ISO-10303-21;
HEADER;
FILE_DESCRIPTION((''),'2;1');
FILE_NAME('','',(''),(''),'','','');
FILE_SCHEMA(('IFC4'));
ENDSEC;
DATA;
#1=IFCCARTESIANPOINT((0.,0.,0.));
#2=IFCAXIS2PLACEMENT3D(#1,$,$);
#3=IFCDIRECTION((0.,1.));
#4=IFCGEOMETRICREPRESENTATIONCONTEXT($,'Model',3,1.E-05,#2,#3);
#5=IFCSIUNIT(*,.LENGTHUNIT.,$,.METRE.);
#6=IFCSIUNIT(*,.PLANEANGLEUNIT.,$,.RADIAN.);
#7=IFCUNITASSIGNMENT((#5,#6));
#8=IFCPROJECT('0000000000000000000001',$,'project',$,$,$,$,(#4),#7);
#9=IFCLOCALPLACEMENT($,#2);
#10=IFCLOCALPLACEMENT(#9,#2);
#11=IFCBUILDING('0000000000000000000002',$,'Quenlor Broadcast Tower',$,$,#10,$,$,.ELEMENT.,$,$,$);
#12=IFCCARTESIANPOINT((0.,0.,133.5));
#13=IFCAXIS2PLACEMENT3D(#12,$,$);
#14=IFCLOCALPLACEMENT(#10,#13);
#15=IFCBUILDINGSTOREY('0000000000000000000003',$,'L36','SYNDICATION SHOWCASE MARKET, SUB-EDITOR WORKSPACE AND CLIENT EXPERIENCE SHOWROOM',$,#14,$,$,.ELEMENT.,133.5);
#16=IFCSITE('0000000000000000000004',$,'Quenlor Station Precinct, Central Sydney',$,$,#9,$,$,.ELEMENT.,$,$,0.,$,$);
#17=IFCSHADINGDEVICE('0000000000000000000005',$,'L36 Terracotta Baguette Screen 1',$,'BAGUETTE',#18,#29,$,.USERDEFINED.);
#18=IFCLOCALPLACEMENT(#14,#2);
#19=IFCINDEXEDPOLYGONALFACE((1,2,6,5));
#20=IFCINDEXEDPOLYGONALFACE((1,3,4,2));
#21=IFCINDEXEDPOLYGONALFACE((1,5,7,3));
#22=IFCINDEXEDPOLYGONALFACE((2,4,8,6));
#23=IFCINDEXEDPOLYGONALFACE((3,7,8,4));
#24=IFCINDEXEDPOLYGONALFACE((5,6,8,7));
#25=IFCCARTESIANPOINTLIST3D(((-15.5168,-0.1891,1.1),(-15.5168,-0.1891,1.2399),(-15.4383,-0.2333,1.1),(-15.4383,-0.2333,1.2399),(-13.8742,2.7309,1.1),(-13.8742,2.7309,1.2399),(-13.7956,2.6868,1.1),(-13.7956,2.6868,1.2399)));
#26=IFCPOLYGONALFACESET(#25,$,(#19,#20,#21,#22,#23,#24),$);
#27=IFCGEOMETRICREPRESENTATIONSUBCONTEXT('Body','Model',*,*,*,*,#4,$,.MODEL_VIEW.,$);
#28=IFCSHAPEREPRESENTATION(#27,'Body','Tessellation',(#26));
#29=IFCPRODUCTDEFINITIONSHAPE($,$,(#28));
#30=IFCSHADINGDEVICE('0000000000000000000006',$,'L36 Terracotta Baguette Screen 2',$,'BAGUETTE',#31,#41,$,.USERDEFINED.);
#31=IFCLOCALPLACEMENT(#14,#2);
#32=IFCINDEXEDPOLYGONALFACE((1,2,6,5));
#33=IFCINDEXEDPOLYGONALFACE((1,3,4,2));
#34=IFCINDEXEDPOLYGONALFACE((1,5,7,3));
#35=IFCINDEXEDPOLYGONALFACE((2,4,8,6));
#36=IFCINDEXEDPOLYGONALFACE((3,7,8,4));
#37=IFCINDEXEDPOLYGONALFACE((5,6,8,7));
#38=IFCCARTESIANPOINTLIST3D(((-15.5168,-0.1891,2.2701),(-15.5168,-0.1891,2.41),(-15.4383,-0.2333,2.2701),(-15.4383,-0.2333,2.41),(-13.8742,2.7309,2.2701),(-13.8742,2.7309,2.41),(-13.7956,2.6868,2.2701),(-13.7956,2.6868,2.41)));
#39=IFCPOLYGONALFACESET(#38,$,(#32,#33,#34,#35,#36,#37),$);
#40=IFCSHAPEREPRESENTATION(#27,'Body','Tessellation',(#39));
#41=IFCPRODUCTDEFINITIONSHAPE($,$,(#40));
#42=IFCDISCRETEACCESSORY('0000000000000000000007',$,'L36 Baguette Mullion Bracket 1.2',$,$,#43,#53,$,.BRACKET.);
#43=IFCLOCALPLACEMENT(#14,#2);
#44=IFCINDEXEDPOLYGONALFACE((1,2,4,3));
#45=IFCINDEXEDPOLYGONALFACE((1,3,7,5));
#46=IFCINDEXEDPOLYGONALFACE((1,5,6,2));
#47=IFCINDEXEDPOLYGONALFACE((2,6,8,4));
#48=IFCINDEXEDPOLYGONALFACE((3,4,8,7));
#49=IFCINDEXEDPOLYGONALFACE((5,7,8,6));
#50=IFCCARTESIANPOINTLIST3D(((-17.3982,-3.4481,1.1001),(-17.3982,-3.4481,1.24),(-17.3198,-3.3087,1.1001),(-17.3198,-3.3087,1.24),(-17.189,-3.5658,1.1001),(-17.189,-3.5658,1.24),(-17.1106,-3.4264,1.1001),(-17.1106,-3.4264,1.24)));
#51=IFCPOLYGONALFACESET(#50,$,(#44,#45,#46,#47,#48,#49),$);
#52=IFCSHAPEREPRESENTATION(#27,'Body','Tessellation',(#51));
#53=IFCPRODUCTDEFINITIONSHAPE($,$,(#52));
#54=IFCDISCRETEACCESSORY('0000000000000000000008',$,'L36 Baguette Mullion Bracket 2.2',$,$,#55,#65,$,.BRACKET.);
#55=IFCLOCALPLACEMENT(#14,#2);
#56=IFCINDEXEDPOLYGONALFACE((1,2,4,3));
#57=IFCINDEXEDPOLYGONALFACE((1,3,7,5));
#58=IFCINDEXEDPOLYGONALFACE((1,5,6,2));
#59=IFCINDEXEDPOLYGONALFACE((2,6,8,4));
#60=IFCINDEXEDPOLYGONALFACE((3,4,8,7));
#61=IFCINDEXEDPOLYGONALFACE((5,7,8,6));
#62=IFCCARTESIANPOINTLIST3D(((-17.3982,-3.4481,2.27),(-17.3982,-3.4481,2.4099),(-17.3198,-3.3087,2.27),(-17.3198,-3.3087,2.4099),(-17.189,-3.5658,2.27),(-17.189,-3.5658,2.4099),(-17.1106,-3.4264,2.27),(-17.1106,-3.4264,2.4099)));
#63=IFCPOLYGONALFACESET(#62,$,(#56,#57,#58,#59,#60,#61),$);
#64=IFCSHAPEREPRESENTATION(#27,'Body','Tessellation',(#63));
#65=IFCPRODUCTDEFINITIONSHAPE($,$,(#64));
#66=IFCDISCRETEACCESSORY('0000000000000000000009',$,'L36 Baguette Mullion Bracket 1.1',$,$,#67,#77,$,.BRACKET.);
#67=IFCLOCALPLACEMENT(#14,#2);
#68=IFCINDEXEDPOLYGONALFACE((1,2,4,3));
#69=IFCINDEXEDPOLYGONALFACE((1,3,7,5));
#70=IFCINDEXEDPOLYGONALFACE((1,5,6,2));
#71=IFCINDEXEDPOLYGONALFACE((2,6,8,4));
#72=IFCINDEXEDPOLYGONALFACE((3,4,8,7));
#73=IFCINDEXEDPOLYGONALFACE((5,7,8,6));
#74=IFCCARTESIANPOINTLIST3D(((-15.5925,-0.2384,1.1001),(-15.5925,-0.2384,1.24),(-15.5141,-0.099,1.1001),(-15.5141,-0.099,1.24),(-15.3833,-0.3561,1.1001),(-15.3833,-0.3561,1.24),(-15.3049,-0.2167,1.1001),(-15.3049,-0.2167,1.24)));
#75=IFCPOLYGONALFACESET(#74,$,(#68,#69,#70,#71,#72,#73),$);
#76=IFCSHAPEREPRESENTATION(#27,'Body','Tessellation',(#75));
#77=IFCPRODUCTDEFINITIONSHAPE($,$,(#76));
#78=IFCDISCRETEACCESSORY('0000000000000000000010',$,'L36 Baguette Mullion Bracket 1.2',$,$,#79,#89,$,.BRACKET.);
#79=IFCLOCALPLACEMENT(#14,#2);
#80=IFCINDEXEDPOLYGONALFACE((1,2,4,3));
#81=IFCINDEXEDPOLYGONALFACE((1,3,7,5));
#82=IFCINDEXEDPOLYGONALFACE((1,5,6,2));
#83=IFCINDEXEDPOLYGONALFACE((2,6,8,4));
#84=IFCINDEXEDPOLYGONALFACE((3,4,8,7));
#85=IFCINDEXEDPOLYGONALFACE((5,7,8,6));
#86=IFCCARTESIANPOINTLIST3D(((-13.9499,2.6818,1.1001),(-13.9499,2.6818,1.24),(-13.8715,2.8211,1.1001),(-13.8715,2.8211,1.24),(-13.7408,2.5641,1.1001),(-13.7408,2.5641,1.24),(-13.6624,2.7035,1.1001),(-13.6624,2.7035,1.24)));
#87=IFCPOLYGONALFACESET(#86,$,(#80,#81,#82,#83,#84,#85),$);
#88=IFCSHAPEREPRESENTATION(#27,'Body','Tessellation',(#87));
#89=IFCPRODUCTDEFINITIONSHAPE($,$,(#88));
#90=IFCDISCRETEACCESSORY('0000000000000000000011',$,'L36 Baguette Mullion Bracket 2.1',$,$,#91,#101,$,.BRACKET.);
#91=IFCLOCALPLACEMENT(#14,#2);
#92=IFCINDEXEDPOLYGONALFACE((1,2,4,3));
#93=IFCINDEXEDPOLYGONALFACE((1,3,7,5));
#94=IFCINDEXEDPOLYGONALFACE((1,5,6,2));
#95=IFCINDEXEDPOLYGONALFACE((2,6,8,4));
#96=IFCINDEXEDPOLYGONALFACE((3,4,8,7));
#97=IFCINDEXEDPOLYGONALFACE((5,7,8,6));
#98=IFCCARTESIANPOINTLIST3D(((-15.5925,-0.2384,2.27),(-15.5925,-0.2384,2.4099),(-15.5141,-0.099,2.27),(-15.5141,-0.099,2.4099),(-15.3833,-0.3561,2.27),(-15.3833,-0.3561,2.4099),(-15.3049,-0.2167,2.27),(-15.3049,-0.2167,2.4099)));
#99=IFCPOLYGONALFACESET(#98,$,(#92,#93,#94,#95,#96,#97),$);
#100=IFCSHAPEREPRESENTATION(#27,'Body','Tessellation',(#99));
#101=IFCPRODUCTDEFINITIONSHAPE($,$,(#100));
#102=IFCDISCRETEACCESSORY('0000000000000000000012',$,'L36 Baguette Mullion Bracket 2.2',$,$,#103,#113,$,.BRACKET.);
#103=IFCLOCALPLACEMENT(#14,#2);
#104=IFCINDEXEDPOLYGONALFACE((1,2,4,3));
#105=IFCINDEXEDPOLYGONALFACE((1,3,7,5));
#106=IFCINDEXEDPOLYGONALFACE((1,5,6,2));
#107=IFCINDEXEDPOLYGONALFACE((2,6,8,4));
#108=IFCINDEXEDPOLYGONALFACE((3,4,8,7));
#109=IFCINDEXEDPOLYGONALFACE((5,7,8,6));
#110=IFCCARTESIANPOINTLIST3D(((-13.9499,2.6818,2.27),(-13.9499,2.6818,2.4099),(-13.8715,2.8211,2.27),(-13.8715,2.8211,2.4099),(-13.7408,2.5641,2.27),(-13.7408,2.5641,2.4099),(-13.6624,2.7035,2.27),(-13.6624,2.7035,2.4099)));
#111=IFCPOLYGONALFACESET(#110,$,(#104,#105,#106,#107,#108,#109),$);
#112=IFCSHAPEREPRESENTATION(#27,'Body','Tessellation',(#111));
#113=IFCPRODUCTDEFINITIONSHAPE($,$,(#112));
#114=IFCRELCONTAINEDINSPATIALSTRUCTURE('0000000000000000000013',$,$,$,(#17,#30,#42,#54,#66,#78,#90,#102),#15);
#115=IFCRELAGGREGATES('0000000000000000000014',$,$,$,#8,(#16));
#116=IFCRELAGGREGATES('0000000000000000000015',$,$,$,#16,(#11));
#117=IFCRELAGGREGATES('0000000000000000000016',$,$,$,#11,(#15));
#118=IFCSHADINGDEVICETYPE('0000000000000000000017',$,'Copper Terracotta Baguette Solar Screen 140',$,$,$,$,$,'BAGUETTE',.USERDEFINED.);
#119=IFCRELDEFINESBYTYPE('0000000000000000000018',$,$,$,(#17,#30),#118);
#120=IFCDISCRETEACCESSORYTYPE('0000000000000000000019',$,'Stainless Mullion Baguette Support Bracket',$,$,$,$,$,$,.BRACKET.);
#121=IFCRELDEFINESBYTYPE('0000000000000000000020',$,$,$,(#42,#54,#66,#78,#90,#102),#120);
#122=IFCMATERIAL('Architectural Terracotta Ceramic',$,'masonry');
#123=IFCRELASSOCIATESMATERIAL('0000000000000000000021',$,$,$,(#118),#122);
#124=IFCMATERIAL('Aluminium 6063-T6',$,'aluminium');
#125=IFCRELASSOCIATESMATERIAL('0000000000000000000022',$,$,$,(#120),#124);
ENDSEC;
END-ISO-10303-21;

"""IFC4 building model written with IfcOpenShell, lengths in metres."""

from ifc_helpers import new_model, si_unit, direction, frame, origin, origin_2d, place, context, subcontext, project, spatial, rectangle, extrude, material, material_profile, profile_set, type_object, element, save


model = new_model("IFC4")

# Units and contexts
model_context = context("Model", 3, precision=1e-05, world=origin(), true_north=direction((0.0, 1.0)))
body_context = subcontext(model_context, "Body", "Model", "MODEL_VIEW")
ifc_project = project(units=[si_unit("LENGTHUNIT", "METRE"), si_unit("PLANEANGLEUNIT", "RADIAN")], contexts=[model_context])

# Site, building, storey
site_placement = place(None, origin())
site = spatial("IfcSite", under=ifc_project, at=site_placement, Name="Quenlor Station Precinct, Central Sydney", CompositionType="ELEMENT", RefElevation=0.0)
building_placement = place(site_placement, origin())
building = spatial("IfcBuilding", under=site, at=building_placement, Name="Quenlor Broadcast Tower", CompositionType="ELEMENT")
storey_placement = place(building_placement, frame((0.0, 0.0, 133.5)))
storey = spatial("IfcBuildingStorey", under=building, at=storey_placement, Name="L36", Description="SYNDICATION SHOWCASE MARKET, SUB-EDITOR WORKSPACE AND CLIENT EXPERIENCE SHOWROOM", CompositionType="ELEMENT", Elevation=133.5)

# Shading devices
ifc_material_1 = material(Name="Architectural Terracotta Ceramic", Category="masonry")
ifc_material_profile_1 = material_profile(ifc_material_1, rectangle(XDim=0.0901, YDim=0.1399, at=origin_2d()))
ifc_profile_set_1 = profile_set([ifc_material_profile_1], Name="Architectural Terracotta Ceramic BAG90x140")
shading_device_type = type_object("IfcShadingDeviceType", Name="Copper Terracotta Baguette Solar Screen 140", ElementType="BAGUETTE", PredefinedType="USERDEFINED", material=ifc_profile_set_1)
for number, where, z_axis, x_axis, name in (
    (1, (-15.4775, -0.2112, 1.1699), (0.490289, 0.87156, 0.0), (-0.87156, 0.490289, 0.0), "L36 Terracotta Baguette Screen 1"),
    (2, (-15.4775, -0.2112, 2.3401), (0.490289, 0.87156, 0.0), (-0.87156, 0.490289, 0.0), "L36 Terracotta Baguette Screen 2"),
):
    element("IfcShadingDevice", number, at=place(storey_placement, frame(where, z_axis=z_axis, x_axis=x_axis)), inside=storey, type_object=shading_device_type, Name=name, ObjectType="BAGUETTE", PredefinedType="USERDEFINED", context=body_context, shape_type="SweptSolid", body=[
        extrude(rectangle(XDim=0.0901, YDim=0.1399, at=origin_2d()), origin(), (0.0, 0.0, 1.0), 3.3503),
    ])

# Discrete accessories
ifc_material_2 = material(Name="Aluminium 6063-T6", Category="aluminium")
discrete_accessory_type = type_object("IfcDiscreteAccessoryType", Name="Stainless Mullion Baguette Support Bracket", PredefinedType="BRACKET", material=ifc_material_2)
for number, where, z_axis, x_axis, name in (
    (3, (-17.2544, -3.4373, 1.1001), (0.0, 0.0, 1.0), (0.490259, 0.871577, 0.0), "L36 Baguette Mullion Bracket 1.2"),
    (4, (-17.2544, -3.4373, 2.27), (0.0, 0.0, 1.0), (0.490259, 0.871577, 0.0), "L36 Baguette Mullion Bracket 2.2"),
    (5, (-15.4487, -0.2275, 1.1001), (0.0, 0.0, 1.0), (0.490268, 0.871572, 0.0), "L36 Baguette Mullion Bracket 1.1"),
    (6, (-13.8062, 2.6926, 1.1001), (0.0, 0.0, 1.0), (0.490268, 0.871572, 0.0), "L36 Baguette Mullion Bracket 1.2"),
    (7, (-15.4487, -0.2275, 2.27), (0.0, 0.0, 1.0), (0.490268, 0.871572, 0.0), "L36 Baguette Mullion Bracket 2.1"),
    (8, (-13.8062, 2.6926, 2.27), (0.0, 0.0, 1.0), (0.490268, 0.871572, 0.0), "L36 Baguette Mullion Bracket 2.2"),
):
    element("IfcDiscreteAccessory", number, at=place(storey_placement, frame(where, z_axis=z_axis, x_axis=x_axis)), inside=storey, type_object=discrete_accessory_type, Name=name, PredefinedType="BRACKET", context=body_context, shape_type="SweptSolid", body=[
        extrude(rectangle(XDim=0.1599, YDim=0.24, at=origin_2d()), origin(), (0.0, 0.0, 1.0), 0.1399),
    ])

save(model, "model.ifc")
